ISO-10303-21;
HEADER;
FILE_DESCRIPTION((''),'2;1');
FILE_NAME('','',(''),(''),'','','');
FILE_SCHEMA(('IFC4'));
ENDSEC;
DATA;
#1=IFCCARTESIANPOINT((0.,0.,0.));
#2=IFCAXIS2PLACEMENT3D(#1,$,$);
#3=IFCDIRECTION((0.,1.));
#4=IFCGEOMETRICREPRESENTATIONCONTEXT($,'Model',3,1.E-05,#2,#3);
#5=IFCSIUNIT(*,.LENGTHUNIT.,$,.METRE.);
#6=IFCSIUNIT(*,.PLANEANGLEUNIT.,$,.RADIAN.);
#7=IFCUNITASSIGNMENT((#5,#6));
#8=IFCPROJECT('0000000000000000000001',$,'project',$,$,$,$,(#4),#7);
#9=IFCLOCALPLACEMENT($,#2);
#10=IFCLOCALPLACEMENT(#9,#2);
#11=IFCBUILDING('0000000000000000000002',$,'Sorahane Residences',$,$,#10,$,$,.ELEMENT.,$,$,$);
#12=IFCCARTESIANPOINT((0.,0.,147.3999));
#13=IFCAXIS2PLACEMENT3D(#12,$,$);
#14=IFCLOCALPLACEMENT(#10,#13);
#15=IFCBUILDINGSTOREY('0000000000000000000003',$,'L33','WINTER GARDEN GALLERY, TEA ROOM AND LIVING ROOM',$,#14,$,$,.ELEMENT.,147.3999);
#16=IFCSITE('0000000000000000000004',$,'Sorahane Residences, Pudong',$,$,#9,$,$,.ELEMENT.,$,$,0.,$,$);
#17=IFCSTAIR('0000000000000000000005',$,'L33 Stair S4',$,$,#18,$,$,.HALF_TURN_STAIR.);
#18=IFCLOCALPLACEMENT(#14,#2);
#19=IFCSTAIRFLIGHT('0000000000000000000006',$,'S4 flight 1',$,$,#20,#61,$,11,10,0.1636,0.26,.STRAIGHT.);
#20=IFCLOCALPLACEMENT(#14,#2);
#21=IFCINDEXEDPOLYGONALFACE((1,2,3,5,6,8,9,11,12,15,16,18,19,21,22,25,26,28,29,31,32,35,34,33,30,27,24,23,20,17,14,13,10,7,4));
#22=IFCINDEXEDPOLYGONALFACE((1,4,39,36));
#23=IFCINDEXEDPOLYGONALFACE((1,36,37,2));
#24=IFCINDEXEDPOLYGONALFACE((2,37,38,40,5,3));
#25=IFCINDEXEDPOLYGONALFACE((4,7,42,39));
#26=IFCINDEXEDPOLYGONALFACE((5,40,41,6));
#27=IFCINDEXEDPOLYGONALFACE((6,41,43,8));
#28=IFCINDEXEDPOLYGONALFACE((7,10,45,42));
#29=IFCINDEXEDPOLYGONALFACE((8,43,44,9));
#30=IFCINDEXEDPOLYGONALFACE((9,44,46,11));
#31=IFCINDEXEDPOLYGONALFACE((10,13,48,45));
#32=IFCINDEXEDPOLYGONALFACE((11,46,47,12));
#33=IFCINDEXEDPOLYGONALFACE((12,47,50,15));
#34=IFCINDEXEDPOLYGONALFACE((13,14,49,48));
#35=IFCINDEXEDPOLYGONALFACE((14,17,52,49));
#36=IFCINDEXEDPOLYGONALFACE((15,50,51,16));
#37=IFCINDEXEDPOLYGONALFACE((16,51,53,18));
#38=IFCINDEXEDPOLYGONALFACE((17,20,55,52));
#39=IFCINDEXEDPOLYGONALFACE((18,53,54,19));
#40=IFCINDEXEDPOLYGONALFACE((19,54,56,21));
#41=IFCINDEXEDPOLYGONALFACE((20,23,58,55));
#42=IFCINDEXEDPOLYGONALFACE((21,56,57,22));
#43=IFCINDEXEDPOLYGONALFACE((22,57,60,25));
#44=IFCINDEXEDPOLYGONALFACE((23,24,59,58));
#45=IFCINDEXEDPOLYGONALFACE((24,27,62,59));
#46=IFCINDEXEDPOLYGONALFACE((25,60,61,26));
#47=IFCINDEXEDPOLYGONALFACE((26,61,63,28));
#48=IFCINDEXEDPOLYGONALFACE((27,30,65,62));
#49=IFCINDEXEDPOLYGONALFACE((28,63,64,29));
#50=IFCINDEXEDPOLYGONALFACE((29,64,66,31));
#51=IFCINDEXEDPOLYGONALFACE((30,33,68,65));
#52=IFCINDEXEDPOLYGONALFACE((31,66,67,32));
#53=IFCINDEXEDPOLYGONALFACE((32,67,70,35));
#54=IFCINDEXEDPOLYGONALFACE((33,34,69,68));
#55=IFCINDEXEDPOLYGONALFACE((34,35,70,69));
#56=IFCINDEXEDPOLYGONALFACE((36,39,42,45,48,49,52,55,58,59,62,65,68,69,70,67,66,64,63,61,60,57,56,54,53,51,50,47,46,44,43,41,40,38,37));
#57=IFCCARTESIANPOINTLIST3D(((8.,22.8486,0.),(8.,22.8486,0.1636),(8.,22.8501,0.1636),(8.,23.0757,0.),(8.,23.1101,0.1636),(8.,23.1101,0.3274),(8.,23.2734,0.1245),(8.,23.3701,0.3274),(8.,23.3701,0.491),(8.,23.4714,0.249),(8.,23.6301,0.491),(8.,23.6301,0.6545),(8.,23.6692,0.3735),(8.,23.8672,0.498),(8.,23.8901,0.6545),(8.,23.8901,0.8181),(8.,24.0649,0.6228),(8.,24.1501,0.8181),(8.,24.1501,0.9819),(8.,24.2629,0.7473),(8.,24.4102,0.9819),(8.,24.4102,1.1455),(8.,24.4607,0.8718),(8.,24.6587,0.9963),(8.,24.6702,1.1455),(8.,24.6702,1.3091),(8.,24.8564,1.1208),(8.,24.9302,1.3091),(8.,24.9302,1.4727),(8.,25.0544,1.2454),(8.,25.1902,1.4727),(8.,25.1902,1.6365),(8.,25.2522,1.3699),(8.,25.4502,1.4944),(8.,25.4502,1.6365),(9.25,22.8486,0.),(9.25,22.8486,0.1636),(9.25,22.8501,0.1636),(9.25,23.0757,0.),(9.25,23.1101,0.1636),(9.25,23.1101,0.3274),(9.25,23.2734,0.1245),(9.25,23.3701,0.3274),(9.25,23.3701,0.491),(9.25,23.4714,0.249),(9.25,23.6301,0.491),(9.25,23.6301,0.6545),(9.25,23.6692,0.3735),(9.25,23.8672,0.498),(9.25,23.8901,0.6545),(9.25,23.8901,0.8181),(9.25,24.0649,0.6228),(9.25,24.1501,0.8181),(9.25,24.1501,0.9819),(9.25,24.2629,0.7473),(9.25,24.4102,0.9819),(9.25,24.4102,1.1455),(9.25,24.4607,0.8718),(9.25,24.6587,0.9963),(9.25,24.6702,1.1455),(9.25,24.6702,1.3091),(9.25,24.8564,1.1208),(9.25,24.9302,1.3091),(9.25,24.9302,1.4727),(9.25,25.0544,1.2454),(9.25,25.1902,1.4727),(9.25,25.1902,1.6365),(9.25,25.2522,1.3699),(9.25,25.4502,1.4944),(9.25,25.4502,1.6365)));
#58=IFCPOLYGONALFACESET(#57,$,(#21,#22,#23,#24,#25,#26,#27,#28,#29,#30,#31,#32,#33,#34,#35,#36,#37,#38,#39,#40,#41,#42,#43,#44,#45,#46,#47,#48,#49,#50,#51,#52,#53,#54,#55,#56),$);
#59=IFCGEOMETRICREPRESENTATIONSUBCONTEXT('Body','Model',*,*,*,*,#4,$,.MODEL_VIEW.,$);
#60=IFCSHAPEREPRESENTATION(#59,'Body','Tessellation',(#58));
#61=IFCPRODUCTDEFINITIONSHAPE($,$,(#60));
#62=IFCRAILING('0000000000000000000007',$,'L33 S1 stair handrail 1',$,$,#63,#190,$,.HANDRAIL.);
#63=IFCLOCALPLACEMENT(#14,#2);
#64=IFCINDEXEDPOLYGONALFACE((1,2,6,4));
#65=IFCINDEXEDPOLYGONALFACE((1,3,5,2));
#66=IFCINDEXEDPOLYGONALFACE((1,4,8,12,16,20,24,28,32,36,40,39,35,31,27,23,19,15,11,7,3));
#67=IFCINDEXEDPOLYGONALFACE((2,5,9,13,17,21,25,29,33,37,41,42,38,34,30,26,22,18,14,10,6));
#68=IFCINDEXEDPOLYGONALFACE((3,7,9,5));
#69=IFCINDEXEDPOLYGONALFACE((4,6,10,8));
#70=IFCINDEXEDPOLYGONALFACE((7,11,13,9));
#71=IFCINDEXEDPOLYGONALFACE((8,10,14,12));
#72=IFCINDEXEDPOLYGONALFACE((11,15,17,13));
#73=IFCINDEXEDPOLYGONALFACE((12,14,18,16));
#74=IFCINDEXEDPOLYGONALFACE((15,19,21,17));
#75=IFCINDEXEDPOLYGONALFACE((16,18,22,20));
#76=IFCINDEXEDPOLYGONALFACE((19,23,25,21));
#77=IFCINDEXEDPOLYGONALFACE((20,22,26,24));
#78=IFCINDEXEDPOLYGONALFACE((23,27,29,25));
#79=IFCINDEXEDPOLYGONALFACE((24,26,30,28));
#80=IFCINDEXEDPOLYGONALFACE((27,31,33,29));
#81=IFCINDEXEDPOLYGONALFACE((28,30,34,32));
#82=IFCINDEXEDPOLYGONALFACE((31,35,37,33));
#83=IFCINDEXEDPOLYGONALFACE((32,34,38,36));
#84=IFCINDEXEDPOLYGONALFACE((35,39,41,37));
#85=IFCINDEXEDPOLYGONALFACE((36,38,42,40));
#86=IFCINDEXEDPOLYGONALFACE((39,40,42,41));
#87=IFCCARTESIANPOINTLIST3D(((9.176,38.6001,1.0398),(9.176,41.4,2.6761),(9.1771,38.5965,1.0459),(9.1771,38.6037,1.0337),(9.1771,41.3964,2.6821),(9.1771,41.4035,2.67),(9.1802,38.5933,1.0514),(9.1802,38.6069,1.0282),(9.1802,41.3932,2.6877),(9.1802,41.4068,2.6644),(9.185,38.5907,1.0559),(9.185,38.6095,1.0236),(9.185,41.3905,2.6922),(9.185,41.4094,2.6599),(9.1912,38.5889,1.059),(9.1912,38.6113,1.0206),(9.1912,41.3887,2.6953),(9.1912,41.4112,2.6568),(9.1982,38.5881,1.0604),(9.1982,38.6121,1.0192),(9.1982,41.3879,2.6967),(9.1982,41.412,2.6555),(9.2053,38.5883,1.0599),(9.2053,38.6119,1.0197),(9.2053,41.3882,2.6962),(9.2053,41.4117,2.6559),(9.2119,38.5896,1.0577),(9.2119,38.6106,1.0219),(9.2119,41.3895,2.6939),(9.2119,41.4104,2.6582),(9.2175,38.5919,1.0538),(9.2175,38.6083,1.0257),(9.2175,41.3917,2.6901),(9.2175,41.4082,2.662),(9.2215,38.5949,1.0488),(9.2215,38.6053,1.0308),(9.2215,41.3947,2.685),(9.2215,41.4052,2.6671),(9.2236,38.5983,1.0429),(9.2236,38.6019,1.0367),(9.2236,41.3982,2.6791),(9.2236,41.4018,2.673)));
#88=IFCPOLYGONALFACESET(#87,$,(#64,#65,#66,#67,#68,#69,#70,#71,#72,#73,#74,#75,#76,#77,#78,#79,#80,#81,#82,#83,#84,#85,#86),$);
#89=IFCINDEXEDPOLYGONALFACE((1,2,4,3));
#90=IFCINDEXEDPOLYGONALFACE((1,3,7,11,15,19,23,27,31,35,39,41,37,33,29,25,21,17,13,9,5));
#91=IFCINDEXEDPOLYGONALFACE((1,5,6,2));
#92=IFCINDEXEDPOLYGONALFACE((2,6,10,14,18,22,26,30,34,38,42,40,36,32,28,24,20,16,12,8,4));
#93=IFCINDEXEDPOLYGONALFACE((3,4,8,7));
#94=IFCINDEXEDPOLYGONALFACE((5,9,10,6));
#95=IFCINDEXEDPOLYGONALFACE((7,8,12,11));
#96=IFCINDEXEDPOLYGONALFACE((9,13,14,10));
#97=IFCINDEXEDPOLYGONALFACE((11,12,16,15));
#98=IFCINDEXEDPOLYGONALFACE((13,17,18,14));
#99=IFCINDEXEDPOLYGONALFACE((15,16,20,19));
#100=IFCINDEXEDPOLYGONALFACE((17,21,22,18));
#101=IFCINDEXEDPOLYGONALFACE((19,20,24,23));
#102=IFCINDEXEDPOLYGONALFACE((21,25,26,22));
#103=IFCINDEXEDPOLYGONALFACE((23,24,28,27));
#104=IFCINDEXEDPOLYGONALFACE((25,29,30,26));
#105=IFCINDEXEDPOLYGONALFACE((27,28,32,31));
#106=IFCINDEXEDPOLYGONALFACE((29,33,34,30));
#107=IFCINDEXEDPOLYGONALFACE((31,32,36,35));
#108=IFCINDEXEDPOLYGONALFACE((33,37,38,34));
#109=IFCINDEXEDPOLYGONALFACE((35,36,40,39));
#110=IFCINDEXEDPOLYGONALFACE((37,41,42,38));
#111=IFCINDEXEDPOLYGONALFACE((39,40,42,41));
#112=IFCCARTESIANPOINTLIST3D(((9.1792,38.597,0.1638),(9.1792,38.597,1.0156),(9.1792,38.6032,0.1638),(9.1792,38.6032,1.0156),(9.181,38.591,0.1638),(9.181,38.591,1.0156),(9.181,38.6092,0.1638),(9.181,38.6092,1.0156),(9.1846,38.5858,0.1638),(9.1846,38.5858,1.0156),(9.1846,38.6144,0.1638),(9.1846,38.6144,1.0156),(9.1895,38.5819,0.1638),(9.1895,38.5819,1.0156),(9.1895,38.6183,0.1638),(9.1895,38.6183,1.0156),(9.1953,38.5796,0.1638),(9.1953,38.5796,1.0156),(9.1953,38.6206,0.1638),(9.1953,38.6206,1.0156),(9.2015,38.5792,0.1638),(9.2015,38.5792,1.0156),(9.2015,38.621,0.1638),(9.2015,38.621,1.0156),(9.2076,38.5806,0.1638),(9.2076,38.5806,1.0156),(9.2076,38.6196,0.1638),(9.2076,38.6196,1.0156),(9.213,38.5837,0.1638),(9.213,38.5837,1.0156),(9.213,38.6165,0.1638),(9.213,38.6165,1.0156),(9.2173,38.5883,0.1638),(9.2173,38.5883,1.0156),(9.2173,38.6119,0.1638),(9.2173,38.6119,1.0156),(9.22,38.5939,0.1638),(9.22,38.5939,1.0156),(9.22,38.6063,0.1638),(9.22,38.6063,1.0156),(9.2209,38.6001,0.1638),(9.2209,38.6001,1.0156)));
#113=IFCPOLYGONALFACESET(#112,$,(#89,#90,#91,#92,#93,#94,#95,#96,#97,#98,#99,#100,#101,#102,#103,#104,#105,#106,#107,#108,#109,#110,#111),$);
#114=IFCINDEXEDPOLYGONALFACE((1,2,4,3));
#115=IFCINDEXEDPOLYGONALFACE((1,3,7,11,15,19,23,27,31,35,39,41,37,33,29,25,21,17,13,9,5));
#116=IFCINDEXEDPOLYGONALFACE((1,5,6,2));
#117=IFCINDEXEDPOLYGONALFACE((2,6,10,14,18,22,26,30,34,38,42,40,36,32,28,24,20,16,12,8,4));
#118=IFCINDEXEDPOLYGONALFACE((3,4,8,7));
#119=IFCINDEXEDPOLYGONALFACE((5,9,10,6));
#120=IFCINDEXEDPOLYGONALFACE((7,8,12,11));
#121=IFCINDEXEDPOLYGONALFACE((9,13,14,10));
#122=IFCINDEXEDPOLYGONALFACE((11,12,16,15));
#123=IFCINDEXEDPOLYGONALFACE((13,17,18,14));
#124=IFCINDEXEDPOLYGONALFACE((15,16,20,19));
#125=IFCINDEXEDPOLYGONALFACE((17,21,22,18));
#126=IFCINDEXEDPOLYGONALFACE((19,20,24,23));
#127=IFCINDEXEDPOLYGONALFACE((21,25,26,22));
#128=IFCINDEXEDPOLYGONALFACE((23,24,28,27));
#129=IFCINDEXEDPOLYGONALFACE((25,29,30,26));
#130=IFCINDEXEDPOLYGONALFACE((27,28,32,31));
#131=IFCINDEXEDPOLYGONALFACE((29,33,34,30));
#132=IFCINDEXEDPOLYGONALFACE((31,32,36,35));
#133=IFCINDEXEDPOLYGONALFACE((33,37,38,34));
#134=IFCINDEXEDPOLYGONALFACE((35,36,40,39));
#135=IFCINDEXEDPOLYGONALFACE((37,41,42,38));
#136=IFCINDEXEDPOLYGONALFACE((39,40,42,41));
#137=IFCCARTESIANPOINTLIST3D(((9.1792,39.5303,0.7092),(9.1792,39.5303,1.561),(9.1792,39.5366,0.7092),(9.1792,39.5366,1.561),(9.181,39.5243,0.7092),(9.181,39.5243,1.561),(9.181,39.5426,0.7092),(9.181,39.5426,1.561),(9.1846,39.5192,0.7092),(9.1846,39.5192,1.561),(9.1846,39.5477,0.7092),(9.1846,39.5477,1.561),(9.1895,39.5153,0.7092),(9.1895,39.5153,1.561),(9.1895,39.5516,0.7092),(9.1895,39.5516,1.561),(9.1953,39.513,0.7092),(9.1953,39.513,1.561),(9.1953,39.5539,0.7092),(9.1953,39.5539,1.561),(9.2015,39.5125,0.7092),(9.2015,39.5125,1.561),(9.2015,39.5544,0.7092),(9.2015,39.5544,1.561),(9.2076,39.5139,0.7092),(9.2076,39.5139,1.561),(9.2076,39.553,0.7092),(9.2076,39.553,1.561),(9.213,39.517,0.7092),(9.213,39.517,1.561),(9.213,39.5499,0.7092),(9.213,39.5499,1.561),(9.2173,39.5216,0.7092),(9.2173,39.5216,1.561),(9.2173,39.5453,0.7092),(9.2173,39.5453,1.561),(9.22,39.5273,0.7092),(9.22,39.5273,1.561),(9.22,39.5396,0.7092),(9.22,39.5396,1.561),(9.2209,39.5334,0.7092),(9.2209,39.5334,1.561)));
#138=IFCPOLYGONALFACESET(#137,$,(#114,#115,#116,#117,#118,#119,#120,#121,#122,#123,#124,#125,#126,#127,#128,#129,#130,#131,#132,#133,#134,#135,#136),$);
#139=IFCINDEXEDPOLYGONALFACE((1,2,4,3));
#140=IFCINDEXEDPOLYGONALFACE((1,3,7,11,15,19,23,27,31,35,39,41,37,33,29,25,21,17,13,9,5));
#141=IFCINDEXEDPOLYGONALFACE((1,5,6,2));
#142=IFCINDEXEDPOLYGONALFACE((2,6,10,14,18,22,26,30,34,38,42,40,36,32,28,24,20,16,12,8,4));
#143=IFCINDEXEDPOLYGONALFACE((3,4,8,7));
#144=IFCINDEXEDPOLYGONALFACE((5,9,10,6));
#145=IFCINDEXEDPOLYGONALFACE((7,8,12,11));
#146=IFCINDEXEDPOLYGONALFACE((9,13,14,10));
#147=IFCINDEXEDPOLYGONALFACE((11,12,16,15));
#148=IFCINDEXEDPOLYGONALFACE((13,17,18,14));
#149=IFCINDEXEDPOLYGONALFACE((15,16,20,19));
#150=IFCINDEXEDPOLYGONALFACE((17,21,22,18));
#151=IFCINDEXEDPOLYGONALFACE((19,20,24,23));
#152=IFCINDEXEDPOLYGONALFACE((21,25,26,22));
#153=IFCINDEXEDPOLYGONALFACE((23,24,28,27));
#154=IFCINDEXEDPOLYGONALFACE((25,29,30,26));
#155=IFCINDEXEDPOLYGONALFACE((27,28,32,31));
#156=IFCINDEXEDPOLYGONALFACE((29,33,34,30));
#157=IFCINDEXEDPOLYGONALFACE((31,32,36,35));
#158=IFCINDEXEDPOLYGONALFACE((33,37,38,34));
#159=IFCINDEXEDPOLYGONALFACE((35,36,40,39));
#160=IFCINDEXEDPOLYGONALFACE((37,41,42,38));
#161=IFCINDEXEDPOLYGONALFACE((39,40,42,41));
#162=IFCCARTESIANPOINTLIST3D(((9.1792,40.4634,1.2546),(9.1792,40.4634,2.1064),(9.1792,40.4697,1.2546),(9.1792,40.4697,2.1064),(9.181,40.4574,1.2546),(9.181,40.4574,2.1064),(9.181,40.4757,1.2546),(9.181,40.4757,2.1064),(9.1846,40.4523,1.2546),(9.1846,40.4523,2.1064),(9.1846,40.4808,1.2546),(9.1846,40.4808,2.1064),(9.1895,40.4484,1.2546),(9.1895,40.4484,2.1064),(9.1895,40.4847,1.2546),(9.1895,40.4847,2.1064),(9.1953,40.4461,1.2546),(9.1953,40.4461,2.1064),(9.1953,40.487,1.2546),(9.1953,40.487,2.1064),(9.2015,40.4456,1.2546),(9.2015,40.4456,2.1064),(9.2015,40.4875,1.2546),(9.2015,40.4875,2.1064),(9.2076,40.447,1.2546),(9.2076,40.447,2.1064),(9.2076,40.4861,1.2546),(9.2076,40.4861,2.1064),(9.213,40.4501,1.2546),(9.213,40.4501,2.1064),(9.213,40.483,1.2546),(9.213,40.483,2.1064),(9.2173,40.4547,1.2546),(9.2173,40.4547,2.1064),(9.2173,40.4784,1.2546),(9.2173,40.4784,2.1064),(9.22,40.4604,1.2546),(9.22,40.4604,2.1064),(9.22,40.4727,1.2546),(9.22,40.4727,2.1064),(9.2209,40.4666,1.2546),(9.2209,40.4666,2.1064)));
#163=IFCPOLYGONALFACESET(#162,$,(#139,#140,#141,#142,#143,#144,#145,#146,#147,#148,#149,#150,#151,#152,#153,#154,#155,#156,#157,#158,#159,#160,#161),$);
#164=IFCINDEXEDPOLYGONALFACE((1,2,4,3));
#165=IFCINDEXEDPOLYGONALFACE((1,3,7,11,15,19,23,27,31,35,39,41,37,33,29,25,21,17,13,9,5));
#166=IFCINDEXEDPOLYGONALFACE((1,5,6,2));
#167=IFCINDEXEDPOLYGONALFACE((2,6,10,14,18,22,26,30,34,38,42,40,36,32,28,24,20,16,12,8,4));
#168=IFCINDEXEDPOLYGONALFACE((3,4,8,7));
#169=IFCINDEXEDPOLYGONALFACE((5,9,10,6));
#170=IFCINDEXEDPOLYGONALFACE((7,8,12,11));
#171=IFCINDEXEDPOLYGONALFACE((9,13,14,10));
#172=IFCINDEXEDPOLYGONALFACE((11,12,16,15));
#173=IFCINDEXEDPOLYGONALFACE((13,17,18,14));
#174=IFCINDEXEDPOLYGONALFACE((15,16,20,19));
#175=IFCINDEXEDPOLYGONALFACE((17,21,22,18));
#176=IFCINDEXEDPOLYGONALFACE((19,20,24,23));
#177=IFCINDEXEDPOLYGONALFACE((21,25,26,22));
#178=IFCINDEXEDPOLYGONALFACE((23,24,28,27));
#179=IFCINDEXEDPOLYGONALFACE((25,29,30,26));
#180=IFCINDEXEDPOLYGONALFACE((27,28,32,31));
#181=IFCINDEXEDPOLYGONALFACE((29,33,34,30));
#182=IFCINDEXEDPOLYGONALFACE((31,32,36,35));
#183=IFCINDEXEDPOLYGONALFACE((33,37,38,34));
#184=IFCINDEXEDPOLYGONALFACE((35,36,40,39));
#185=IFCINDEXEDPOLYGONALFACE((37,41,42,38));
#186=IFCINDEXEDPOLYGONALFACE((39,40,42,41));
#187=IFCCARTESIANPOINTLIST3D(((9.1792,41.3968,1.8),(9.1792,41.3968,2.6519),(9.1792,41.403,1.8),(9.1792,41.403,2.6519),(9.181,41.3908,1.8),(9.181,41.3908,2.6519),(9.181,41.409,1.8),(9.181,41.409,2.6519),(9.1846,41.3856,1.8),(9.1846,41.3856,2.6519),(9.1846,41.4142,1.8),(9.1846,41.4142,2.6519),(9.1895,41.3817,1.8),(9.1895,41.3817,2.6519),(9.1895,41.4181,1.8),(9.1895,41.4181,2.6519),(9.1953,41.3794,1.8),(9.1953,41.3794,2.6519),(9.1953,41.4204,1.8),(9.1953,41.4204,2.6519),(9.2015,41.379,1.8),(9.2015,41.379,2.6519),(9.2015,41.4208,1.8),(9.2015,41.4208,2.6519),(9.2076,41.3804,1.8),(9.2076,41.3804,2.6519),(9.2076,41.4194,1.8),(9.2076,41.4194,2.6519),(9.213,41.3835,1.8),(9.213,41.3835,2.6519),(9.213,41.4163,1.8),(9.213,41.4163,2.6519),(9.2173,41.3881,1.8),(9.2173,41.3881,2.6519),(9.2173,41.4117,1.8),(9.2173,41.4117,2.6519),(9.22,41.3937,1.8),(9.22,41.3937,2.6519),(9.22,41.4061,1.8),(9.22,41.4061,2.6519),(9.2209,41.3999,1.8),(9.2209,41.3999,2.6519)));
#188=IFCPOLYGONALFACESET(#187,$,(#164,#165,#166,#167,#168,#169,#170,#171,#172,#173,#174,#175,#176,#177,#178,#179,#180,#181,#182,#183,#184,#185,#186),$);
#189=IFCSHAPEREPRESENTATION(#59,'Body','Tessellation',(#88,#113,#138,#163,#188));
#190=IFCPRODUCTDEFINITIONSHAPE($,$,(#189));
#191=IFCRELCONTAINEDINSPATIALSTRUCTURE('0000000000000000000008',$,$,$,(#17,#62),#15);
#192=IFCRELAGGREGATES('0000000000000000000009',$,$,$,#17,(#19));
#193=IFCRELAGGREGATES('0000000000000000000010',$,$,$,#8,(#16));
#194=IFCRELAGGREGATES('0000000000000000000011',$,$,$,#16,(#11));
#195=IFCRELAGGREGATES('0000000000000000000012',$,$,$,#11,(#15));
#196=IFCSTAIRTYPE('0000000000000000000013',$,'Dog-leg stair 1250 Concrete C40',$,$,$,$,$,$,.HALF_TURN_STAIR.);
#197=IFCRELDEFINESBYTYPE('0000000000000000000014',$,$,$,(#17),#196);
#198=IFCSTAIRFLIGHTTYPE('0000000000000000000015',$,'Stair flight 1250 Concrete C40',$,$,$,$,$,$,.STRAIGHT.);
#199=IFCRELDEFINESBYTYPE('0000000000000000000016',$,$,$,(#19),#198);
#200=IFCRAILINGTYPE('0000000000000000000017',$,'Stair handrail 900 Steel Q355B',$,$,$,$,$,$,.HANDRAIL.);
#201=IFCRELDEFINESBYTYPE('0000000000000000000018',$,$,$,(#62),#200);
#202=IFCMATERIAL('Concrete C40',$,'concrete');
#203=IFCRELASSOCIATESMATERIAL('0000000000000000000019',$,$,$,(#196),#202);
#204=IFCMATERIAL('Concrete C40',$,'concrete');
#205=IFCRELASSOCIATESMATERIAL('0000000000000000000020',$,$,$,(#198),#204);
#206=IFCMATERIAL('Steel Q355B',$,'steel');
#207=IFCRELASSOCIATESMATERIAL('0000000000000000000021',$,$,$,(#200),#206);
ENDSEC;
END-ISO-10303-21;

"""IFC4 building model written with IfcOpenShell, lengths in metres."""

from ifc_helpers import new_model, si_unit, direction, frame, origin, origin_2d, place, context, subcontext, project, spatial, polyline, circle, outline, extrude, material, type_object, element, aggregate, save


model = new_model("IFC4")

# Units and contexts
model_context = context("Model", 3, precision=1e-05, world=origin(), true_north=direction((0.0, 1.0)))
body_context = subcontext(model_context, "Body", "Model", "MODEL_VIEW")
ifc_project = project(units=[si_unit("LENGTHUNIT", "METRE"), si_unit("PLANEANGLEUNIT", "RADIAN")], contexts=[model_context])

# Site, building, storey
site_placement = place(None, origin())
site = spatial("IfcSite", under=ifc_project, at=site_placement, Name="Sorahane Residences, Pudong", CompositionType="ELEMENT", RefElevation=0.0)
building_placement = place(site_placement, origin())
building = spatial("IfcBuilding", under=site, at=building_placement, Name="Sorahane Residences", CompositionType="ELEMENT")
storey_placement = place(building_placement, frame((0.0, 0.0, 147.3999)))
storey = spatial("IfcBuildingStorey", under=building, at=storey_placement, Name="L33", Description="WINTER GARDEN GALLERY, TEA ROOM AND LIVING ROOM", CompositionType="ELEMENT", Elevation=147.3999)

# Stair, stair flight
ifc_material_1 = material(Name="Concrete C40", Category="concrete")
stair_type = type_object("IfcStairType", Name="Dog-leg stair 1250 Concrete C40", PredefinedType="HALF_TURN_STAIR", material=ifc_material_1)
ifc_material_2 = material(Name="Concrete C40", Category="concrete")
stair_flight_type = type_object("IfcStairFlightType", Name="Stair flight 1250 Concrete C40", PredefinedType="STRAIGHT", material=ifc_material_2)
stair_1_placement = place(storey_placement, origin())
stair_1 = element("IfcStair", 1, at=stair_1_placement, inside=storey, type_object=stair_type, Name="L33 Stair S4", PredefinedType="HALF_TURN_STAIR")
stair_flight_1_placement = place(storey_placement, frame((8.625, 22.8501, 0.0), z_axis=(0.0, 0.0, 1.0), x_axis=(0.0, 1.0, 0.0)))
stair_flight_1 = element("IfcStairFlight", 2, at=stair_flight_1_placement, type_object=stair_flight_type, Name="S4 flight 1", NumberOfRisers=11, NumberOfTreads=10, PredefinedType="STRAIGHT", RiserHeight=0.1636, TreadLength=0.26, context=body_context, shape_type="SweptSolid", body=[
    extrude(outline(polyline([(-0.0015, 0.0), (-0.0015, 0.1636), (0.0, 0.1636), (0.26, 0.1636), (0.26, 0.3274), (0.52, 0.3274), (0.52, 0.491), (0.78, 0.491), (0.78, 0.6545), (1.04, 0.6545), (1.04, 0.8181), (1.3, 0.8181), (1.3, 0.9819), (1.5601, 0.9819), (1.5601, 1.1455), (1.8201, 1.1455), (1.8201, 1.3091), (2.0801, 1.3091), (2.0801, 1.4727), (2.3401, 1.4727), (2.3401, 1.6365), (2.6001, 1.6365), (2.6001, 1.8), (2.6001, 1.4944), (2.4021, 1.3699), (2.2043, 1.2454), (2.0063, 1.1208), (1.8086, 0.9963), (1.6106, 0.8718), (1.4128, 0.7473), (1.2148, 0.6228), (1.0171, 0.498), (0.8191, 0.3735), (0.6213, 0.249), (0.4233, 0.1245), (0.2256, 0.0), (-0.0015, 0.0)])), frame((0.0, 0.625, 0.0), z_axis=(0.0, -1.0, 0.0), x_axis=(1.0, 0.0, 0.0)), (0.0, 0.0, 1.0), 1.25),
])
aggregate(stair_1, [stair_flight_1])

# Railing
ifc_material_3 = material(Name="Steel Q355B", Category="steel")
railing_type_1 = type_object("IfcRailingType", Name="Stair handrail 900 Steel Q355B", PredefinedType="HANDRAIL", material=ifc_material_3)
railing_1_placement = place(storey_placement, frame((9.2, 38.6001, 0.1638)))
element("IfcRailing", 3, at=railing_1_placement, inside=storey, type_object=railing_type_1, Name="L33 S1 stair handrail 1", PredefinedType="HANDRAIL", context=body_context, shape_type="SweptSolid", body=[
    extrude(circle(Radius=0.0239, at=origin_2d()), frame((0.0, 0.0, 0.876), z_axis=(0.0, 0.863374, 0.504564), x_axis=(-1.0, 0.0, 0.0)), (0.0, 0.0, 1.0), 3.2429),
    extrude(circle(Radius=0.021, at=origin_2d()), origin(), (0.0, 0.0, 1.0), 0.8518),
    extrude(circle(Radius=0.021, at=origin_2d()), frame((0.0, 0.9333, 0.5454)), (0.0, 0.0, 1.0), 0.8518),
    extrude(circle(Radius=0.021, at=origin_2d()), frame((0.0, 1.8665, 1.0908)), (0.0, 0.0, 1.0), 0.8518),
    extrude(circle(Radius=0.021, at=origin_2d()), frame((0.0, 2.7998, 1.6362)), (0.0, 0.0, 1.0), 0.8518),
])

save(model, "model.ifc")
